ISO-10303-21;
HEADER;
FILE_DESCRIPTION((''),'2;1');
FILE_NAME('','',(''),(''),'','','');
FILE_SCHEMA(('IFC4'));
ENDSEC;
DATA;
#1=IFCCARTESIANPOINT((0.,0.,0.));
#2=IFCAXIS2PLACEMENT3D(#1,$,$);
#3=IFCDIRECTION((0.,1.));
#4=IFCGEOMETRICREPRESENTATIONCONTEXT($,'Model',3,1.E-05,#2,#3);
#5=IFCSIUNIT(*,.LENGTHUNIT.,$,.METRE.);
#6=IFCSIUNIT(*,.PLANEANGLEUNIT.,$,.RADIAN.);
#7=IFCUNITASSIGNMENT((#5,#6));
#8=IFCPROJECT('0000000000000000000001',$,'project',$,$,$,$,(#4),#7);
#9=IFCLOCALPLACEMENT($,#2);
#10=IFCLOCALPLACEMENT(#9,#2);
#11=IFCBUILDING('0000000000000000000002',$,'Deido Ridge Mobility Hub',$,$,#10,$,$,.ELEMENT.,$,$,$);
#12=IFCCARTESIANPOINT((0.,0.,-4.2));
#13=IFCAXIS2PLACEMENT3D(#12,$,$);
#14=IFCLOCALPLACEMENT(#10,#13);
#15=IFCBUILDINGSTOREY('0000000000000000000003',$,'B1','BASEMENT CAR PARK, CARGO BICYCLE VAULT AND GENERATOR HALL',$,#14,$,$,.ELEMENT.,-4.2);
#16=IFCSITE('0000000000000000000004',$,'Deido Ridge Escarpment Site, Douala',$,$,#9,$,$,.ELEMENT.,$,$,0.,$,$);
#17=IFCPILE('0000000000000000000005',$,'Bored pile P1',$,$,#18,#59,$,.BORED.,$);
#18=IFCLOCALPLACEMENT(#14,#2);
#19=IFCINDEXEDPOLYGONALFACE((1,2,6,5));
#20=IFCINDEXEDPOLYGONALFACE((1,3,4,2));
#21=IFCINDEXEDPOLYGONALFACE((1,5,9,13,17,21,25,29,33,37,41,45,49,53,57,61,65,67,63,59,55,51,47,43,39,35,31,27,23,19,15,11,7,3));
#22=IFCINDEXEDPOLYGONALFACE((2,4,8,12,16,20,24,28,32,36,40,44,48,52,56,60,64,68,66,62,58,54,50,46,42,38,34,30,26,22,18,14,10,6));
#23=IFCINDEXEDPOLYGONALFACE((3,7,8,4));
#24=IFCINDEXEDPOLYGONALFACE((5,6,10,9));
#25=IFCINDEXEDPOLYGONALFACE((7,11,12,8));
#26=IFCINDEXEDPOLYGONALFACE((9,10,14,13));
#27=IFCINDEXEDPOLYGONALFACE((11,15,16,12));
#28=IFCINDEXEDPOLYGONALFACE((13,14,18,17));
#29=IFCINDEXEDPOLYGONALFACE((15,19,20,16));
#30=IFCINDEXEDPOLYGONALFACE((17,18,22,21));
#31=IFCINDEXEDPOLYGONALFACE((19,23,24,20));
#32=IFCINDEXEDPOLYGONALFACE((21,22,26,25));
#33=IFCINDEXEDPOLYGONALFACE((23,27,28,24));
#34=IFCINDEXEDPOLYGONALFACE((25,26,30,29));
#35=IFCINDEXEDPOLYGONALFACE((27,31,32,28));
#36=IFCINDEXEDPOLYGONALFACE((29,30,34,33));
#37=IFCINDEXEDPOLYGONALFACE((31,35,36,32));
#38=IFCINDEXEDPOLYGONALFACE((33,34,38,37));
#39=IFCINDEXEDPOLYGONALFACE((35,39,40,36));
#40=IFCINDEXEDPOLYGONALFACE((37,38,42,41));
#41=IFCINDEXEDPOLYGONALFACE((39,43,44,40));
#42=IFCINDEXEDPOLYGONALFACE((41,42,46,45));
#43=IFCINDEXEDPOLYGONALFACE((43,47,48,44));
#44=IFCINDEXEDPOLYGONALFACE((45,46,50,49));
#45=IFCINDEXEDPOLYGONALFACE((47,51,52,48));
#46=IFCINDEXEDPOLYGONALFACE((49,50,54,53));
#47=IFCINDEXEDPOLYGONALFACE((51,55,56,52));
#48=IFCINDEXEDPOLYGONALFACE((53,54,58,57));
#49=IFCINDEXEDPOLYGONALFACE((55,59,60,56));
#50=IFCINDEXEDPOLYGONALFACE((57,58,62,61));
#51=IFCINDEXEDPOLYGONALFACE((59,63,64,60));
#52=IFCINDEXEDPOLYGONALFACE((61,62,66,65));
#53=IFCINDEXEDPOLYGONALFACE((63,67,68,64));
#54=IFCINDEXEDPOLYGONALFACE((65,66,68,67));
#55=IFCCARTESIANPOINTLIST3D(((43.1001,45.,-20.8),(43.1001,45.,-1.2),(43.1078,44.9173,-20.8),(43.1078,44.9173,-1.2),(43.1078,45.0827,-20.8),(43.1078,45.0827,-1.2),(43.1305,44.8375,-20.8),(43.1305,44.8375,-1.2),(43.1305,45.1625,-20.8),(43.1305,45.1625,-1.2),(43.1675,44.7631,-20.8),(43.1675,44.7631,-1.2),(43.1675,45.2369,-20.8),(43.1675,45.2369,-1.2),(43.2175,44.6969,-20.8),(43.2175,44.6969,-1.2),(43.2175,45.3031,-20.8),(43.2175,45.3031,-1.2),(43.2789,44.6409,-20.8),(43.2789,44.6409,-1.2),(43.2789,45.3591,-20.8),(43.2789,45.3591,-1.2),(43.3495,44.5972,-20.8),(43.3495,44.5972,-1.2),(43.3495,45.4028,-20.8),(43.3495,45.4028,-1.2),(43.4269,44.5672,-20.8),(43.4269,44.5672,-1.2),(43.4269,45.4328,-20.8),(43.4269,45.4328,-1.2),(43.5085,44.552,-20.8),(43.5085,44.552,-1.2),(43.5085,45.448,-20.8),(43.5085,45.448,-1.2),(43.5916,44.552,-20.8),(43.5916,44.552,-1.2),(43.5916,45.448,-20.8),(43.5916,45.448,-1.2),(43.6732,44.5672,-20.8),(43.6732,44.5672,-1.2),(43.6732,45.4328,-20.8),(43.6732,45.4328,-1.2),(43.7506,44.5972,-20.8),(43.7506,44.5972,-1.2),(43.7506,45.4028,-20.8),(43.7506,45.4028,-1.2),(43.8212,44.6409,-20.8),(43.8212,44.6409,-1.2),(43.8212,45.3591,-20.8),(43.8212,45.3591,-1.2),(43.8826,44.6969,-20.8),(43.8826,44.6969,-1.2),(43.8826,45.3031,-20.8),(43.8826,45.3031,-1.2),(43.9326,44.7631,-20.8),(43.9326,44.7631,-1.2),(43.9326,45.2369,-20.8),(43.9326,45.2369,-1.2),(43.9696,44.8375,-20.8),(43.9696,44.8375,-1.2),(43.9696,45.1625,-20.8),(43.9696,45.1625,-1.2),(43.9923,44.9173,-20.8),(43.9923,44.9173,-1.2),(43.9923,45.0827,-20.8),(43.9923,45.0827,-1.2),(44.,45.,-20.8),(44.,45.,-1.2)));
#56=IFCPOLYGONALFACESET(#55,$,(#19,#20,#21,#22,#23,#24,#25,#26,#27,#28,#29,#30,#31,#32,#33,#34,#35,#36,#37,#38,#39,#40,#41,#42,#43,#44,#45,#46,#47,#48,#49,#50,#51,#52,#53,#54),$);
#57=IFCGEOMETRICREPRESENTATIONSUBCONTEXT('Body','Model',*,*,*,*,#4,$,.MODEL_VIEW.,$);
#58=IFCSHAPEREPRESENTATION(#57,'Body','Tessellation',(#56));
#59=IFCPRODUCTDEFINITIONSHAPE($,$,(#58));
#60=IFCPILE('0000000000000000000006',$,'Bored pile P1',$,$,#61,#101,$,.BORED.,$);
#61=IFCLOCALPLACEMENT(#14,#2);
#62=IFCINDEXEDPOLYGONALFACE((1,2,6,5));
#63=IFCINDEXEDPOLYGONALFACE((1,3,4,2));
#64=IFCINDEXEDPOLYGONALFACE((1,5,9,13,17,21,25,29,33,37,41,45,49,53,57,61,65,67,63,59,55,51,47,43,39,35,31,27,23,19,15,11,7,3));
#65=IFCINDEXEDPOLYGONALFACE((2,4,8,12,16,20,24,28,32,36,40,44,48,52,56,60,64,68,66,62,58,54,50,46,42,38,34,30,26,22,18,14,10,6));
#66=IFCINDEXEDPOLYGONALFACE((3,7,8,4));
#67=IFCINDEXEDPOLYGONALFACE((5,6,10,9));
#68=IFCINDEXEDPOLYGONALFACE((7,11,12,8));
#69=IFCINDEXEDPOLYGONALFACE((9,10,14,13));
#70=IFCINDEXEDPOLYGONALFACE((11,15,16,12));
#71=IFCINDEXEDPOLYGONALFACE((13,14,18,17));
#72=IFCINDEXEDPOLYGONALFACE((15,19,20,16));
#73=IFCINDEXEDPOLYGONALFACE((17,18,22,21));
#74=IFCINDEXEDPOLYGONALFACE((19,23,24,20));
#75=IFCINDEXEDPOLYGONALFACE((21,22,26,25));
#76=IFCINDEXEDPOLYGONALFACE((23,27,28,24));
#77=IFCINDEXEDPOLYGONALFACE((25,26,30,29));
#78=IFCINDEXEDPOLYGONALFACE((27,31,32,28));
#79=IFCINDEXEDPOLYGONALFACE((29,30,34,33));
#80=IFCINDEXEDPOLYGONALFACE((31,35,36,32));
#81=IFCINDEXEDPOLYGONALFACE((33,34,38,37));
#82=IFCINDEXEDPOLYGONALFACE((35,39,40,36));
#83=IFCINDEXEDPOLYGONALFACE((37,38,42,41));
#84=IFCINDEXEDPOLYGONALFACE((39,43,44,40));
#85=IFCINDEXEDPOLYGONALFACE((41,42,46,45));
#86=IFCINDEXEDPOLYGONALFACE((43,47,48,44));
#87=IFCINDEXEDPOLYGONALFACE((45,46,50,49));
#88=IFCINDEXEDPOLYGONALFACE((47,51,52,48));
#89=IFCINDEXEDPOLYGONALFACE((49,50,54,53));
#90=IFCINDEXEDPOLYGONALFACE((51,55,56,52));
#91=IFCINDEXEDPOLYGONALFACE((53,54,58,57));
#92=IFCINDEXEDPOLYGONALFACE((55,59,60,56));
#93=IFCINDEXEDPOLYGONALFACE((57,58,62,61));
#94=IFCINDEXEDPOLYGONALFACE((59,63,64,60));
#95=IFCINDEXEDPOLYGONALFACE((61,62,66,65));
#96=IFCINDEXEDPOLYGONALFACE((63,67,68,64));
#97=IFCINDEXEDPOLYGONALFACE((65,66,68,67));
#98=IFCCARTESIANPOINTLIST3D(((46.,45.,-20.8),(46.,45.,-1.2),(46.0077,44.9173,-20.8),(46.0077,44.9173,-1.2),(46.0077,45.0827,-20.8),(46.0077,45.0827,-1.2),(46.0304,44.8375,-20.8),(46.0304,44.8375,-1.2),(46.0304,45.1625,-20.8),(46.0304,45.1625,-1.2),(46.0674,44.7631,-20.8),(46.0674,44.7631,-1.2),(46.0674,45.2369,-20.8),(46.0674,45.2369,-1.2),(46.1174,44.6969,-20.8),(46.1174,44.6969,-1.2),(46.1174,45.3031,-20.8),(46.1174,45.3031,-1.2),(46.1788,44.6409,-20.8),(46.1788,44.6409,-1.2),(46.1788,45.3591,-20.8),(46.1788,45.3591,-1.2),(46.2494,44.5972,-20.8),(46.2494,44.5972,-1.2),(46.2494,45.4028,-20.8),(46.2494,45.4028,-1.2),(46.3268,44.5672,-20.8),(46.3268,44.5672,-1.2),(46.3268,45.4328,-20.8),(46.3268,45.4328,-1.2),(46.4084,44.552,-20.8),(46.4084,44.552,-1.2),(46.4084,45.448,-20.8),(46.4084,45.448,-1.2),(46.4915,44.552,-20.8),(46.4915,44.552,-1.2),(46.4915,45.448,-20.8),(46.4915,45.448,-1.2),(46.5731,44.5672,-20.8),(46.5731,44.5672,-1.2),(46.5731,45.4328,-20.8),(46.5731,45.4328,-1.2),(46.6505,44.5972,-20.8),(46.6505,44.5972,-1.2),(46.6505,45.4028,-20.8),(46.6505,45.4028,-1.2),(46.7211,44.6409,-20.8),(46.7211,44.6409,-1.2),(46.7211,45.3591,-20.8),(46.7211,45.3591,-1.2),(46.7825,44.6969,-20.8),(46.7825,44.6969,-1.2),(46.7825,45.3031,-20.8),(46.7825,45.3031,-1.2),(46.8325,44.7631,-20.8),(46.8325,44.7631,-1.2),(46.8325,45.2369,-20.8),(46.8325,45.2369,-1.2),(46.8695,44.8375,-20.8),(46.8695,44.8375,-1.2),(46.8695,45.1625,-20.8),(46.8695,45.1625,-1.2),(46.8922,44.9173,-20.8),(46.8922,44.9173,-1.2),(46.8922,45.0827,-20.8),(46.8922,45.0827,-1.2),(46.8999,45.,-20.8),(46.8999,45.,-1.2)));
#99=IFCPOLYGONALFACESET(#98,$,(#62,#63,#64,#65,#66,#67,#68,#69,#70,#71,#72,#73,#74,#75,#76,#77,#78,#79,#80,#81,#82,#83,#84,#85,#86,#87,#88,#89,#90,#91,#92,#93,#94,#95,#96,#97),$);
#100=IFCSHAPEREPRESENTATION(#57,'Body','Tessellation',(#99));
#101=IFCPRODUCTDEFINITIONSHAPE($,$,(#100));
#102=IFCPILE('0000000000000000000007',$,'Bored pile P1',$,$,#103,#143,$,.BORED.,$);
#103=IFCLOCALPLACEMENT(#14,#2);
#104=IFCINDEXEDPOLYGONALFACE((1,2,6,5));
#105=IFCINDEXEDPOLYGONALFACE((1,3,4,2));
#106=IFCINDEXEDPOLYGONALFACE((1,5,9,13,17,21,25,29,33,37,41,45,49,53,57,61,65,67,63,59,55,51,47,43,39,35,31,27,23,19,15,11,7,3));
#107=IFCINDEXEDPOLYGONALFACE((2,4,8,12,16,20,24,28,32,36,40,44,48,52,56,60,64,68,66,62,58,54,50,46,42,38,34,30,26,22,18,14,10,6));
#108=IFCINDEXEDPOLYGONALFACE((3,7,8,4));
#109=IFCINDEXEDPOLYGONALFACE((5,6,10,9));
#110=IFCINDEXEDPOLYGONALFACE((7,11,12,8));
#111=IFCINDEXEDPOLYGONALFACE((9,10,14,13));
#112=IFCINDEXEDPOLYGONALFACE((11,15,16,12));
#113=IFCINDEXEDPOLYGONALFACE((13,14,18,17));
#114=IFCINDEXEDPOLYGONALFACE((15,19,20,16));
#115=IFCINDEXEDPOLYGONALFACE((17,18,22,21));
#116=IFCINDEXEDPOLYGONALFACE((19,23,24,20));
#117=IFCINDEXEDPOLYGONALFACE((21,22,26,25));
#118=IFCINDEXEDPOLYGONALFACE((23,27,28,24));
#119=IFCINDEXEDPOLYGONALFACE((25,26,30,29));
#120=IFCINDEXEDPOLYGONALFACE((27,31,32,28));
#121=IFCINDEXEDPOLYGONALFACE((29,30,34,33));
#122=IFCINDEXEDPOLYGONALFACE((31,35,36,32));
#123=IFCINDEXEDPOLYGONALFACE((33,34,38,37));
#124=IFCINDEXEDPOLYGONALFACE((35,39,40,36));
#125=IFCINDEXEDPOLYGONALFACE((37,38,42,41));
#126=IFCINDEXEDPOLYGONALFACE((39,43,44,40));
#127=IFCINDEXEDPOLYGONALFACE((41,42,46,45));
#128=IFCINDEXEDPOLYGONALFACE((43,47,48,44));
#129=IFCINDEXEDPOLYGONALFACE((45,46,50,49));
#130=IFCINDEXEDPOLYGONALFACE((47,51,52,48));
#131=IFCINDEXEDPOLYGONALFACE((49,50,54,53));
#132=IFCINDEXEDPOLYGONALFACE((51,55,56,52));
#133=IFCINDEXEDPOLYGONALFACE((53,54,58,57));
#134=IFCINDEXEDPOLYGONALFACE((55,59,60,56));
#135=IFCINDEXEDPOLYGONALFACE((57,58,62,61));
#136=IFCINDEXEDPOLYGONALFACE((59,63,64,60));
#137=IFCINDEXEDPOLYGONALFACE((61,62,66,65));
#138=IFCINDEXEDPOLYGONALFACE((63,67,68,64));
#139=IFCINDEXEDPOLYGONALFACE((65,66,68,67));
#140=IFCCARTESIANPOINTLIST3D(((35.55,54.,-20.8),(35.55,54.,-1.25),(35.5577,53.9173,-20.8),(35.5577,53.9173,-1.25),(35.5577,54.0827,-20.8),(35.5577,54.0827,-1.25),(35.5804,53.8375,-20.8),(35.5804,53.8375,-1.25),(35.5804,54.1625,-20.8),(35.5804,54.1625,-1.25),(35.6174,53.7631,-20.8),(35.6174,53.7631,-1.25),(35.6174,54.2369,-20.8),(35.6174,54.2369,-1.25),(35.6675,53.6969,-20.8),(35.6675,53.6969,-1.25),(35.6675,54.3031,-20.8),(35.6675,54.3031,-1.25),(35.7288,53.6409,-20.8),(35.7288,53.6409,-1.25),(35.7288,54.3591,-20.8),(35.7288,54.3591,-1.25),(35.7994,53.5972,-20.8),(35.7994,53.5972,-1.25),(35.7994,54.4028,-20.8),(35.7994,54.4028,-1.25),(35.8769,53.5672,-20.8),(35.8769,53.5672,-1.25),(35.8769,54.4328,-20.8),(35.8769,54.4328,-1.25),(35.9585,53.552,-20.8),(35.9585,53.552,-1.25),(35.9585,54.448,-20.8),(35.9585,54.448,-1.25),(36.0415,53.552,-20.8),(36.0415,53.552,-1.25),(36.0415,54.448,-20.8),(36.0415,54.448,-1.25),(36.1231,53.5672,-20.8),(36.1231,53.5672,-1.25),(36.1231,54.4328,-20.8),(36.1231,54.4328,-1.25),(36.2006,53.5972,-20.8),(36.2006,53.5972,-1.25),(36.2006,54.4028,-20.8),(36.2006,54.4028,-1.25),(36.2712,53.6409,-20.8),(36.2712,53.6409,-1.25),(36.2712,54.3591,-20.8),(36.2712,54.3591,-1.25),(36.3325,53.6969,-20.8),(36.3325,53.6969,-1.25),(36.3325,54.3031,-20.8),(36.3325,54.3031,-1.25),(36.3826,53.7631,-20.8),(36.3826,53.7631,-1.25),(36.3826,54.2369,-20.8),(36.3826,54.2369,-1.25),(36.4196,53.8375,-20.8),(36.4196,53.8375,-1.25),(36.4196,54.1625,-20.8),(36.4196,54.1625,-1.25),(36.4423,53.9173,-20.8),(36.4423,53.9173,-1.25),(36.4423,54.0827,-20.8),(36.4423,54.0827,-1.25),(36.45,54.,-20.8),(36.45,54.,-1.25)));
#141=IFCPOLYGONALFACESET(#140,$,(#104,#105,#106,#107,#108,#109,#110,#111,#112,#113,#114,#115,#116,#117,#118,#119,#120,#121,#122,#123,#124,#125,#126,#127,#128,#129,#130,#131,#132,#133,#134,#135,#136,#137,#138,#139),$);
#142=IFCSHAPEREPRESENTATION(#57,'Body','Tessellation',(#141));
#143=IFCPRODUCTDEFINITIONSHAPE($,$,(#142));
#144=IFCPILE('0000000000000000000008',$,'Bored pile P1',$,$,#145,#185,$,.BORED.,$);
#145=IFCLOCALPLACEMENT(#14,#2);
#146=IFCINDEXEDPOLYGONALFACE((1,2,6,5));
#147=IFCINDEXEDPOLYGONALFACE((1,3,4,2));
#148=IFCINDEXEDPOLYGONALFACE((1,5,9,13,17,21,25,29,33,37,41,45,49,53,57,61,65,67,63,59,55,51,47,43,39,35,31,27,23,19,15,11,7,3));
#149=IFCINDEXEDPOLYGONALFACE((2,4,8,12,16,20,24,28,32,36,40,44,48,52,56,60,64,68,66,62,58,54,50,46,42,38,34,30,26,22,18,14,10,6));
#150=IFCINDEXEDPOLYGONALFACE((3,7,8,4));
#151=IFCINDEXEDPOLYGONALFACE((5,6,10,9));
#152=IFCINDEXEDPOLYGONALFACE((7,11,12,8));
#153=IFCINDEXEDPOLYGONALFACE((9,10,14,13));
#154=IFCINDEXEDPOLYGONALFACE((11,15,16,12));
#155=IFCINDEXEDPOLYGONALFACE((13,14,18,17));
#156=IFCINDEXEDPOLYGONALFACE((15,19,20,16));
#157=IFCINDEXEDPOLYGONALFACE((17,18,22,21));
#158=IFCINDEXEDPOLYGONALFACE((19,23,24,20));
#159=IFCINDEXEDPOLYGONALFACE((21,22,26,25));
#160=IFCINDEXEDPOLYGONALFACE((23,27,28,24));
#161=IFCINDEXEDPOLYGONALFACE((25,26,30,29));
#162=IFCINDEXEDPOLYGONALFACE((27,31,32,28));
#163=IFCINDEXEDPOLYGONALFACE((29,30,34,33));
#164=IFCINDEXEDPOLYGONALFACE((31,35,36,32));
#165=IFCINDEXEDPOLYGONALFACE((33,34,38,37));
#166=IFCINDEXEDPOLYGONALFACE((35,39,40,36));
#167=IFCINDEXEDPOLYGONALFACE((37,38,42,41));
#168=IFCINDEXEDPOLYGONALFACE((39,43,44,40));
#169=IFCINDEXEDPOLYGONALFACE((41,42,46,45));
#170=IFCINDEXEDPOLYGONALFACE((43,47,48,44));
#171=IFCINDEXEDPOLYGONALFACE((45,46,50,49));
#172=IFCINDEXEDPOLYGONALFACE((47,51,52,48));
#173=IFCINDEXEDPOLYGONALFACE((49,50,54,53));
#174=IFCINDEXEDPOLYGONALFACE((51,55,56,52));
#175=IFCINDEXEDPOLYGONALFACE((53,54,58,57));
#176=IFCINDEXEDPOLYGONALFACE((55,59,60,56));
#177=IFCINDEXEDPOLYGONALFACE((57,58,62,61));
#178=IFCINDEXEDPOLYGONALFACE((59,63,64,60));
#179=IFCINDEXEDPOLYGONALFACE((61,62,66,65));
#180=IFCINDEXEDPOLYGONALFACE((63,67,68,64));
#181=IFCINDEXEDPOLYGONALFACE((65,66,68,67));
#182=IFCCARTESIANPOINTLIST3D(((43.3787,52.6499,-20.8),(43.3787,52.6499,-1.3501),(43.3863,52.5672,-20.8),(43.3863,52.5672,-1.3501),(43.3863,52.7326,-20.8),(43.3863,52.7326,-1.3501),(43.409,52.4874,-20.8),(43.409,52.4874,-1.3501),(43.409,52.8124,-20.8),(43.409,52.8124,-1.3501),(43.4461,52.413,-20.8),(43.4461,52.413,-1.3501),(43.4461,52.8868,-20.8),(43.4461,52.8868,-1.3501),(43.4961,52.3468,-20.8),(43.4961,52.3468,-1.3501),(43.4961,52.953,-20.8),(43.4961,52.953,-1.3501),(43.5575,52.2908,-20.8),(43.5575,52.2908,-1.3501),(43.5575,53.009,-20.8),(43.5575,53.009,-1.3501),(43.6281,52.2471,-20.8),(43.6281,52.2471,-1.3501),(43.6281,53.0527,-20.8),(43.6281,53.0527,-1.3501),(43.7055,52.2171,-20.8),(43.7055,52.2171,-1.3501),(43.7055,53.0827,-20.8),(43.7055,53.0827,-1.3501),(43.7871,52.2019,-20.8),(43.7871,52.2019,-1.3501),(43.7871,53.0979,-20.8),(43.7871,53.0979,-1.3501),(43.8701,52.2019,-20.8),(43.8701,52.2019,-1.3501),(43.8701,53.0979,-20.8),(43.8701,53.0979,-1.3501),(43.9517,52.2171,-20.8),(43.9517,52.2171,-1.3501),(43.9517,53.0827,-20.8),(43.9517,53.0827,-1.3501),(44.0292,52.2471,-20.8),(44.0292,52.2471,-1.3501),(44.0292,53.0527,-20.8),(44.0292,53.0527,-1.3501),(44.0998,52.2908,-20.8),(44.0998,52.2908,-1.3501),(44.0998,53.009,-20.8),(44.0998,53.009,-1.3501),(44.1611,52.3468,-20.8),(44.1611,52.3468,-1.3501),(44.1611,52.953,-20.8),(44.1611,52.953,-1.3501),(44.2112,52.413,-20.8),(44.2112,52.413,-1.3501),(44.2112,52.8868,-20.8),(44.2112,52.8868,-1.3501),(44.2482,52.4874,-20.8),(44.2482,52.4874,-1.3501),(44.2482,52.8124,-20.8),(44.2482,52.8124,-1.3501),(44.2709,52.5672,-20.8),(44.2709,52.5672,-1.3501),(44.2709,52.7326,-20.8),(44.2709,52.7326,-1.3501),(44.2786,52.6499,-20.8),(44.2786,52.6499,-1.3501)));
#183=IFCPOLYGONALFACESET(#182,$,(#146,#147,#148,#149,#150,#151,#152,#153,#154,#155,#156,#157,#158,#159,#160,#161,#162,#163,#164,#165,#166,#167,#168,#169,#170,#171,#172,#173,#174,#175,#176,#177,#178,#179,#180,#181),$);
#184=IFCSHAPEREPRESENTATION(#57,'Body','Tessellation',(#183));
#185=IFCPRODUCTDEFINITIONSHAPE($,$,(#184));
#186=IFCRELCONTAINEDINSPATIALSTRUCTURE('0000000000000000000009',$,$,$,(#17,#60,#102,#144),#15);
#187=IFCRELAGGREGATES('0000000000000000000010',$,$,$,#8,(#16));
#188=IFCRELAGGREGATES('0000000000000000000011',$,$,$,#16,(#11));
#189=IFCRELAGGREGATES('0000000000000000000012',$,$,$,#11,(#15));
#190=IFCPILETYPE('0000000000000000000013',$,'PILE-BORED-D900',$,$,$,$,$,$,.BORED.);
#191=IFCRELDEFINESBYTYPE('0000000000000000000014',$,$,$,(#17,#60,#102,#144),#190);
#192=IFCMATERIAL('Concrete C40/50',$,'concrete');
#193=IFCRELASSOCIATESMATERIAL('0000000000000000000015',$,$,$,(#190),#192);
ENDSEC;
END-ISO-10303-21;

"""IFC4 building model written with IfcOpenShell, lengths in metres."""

from ifc_helpers import new_model, si_unit, direction, frame, origin, origin_2d, place, context, subcontext, project, spatial, circle, extrude, material, material_profile, profile_set, type_object, element, save


model = new_model("IFC4")

# Units and contexts
model_context = context("Model", 3, precision=1e-05, world=origin(), true_north=direction((0.0, 1.0)))
body_context = subcontext(model_context, "Body", "Model", "MODEL_VIEW")
ifc_project = project(units=[si_unit("LENGTHUNIT", "METRE"), si_unit("PLANEANGLEUNIT", "RADIAN")], contexts=[model_context])

# Site, building, storey
site_placement = place(None, origin())
site = spatial("IfcSite", under=ifc_project, at=site_placement, Name="Deido Ridge Escarpment Site, Douala", CompositionType="ELEMENT", RefElevation=0.0)
building_placement = place(site_placement, origin())
building = spatial("IfcBuilding", under=site, at=building_placement, Name="Deido Ridge Mobility Hub", CompositionType="ELEMENT")
storey_placement = place(building_placement, frame((0.0, 0.0, -4.2)))
storey = spatial("IfcBuildingStorey", under=building, at=storey_placement, Name="B1", Description="BASEMENT CAR PARK, CARGO BICYCLE VAULT AND GENERATOR HALL", CompositionType="ELEMENT", Elevation=-4.2)

# Shared definitions
ifc_material_1 = material(Name="Concrete C40/50", Category="concrete")

# Piles
ifc_material_profile_1 = material_profile(ifc_material_1, circle(Radius=0.45, at=origin_2d()), Name="BORED PILE D900")
ifc_profile_set_1 = profile_set([ifc_material_profile_1], Name="Concrete C40/50")
pile_type = type_object("IfcPileType", Name="PILE-BORED-D900", PredefinedType="BORED", material=ifc_profile_set_1)
for number, where, z_axis, x_axis, name in (
    (1, (43.55, 45.0, -1.2), (0.0, 0.0, -1.0), (1.0, 0.0, 0.0), "Bored pile P1"),
    (2, (46.45, 45.0, -1.2), (0.0, 0.0, -1.0), (1.0, 0.0, 0.0), "Bored pile P1"),
):
    element("IfcPile", number, at=place(storey_placement, frame(where, z_axis=z_axis, x_axis=x_axis)), inside=storey, type_object=pile_type, Name=name, PredefinedType="BORED", context=body_context, shape_type="SweptSolid", body=[
        extrude(circle(Radius=0.45, at=origin_2d()), origin(), (0.0, 0.0, 1.0), 19.6001),
    ])
pile_1_placement = place(storey_placement, frame((36.0, 54.0, -1.25), z_axis=(0.0, 0.0, -1.0), x_axis=(1.0, 0.0, 0.0)))
element("IfcPile", 3, at=pile_1_placement, inside=storey, type_object=pile_type, Name="Bored pile P1", PredefinedType="BORED", context=body_context, shape_type="SweptSolid", body=[
    extrude(circle(Radius=0.45, at=origin_2d()), origin(), (0.0, 0.0, 1.0), 19.55),
])
for number, where, z_axis, x_axis, name in (
    (4, (43.8286, 52.6499, -1.3501), (0.0, 0.0, -1.0), (1.0, 0.0, 0.0), "Bored pile P1"),
):
    element("IfcPile", number, at=place(storey_placement, frame(where, z_axis=z_axis, x_axis=x_axis)), inside=storey, type_object=pile_type, Name=name, PredefinedType="BORED", context=body_context, shape_type="SweptSolid", body=[
        extrude(circle(Radius=0.45, at=origin_2d()), origin(), (0.0, 0.0, 1.0), 19.45),
    ])

save(model, "model.ifc")
